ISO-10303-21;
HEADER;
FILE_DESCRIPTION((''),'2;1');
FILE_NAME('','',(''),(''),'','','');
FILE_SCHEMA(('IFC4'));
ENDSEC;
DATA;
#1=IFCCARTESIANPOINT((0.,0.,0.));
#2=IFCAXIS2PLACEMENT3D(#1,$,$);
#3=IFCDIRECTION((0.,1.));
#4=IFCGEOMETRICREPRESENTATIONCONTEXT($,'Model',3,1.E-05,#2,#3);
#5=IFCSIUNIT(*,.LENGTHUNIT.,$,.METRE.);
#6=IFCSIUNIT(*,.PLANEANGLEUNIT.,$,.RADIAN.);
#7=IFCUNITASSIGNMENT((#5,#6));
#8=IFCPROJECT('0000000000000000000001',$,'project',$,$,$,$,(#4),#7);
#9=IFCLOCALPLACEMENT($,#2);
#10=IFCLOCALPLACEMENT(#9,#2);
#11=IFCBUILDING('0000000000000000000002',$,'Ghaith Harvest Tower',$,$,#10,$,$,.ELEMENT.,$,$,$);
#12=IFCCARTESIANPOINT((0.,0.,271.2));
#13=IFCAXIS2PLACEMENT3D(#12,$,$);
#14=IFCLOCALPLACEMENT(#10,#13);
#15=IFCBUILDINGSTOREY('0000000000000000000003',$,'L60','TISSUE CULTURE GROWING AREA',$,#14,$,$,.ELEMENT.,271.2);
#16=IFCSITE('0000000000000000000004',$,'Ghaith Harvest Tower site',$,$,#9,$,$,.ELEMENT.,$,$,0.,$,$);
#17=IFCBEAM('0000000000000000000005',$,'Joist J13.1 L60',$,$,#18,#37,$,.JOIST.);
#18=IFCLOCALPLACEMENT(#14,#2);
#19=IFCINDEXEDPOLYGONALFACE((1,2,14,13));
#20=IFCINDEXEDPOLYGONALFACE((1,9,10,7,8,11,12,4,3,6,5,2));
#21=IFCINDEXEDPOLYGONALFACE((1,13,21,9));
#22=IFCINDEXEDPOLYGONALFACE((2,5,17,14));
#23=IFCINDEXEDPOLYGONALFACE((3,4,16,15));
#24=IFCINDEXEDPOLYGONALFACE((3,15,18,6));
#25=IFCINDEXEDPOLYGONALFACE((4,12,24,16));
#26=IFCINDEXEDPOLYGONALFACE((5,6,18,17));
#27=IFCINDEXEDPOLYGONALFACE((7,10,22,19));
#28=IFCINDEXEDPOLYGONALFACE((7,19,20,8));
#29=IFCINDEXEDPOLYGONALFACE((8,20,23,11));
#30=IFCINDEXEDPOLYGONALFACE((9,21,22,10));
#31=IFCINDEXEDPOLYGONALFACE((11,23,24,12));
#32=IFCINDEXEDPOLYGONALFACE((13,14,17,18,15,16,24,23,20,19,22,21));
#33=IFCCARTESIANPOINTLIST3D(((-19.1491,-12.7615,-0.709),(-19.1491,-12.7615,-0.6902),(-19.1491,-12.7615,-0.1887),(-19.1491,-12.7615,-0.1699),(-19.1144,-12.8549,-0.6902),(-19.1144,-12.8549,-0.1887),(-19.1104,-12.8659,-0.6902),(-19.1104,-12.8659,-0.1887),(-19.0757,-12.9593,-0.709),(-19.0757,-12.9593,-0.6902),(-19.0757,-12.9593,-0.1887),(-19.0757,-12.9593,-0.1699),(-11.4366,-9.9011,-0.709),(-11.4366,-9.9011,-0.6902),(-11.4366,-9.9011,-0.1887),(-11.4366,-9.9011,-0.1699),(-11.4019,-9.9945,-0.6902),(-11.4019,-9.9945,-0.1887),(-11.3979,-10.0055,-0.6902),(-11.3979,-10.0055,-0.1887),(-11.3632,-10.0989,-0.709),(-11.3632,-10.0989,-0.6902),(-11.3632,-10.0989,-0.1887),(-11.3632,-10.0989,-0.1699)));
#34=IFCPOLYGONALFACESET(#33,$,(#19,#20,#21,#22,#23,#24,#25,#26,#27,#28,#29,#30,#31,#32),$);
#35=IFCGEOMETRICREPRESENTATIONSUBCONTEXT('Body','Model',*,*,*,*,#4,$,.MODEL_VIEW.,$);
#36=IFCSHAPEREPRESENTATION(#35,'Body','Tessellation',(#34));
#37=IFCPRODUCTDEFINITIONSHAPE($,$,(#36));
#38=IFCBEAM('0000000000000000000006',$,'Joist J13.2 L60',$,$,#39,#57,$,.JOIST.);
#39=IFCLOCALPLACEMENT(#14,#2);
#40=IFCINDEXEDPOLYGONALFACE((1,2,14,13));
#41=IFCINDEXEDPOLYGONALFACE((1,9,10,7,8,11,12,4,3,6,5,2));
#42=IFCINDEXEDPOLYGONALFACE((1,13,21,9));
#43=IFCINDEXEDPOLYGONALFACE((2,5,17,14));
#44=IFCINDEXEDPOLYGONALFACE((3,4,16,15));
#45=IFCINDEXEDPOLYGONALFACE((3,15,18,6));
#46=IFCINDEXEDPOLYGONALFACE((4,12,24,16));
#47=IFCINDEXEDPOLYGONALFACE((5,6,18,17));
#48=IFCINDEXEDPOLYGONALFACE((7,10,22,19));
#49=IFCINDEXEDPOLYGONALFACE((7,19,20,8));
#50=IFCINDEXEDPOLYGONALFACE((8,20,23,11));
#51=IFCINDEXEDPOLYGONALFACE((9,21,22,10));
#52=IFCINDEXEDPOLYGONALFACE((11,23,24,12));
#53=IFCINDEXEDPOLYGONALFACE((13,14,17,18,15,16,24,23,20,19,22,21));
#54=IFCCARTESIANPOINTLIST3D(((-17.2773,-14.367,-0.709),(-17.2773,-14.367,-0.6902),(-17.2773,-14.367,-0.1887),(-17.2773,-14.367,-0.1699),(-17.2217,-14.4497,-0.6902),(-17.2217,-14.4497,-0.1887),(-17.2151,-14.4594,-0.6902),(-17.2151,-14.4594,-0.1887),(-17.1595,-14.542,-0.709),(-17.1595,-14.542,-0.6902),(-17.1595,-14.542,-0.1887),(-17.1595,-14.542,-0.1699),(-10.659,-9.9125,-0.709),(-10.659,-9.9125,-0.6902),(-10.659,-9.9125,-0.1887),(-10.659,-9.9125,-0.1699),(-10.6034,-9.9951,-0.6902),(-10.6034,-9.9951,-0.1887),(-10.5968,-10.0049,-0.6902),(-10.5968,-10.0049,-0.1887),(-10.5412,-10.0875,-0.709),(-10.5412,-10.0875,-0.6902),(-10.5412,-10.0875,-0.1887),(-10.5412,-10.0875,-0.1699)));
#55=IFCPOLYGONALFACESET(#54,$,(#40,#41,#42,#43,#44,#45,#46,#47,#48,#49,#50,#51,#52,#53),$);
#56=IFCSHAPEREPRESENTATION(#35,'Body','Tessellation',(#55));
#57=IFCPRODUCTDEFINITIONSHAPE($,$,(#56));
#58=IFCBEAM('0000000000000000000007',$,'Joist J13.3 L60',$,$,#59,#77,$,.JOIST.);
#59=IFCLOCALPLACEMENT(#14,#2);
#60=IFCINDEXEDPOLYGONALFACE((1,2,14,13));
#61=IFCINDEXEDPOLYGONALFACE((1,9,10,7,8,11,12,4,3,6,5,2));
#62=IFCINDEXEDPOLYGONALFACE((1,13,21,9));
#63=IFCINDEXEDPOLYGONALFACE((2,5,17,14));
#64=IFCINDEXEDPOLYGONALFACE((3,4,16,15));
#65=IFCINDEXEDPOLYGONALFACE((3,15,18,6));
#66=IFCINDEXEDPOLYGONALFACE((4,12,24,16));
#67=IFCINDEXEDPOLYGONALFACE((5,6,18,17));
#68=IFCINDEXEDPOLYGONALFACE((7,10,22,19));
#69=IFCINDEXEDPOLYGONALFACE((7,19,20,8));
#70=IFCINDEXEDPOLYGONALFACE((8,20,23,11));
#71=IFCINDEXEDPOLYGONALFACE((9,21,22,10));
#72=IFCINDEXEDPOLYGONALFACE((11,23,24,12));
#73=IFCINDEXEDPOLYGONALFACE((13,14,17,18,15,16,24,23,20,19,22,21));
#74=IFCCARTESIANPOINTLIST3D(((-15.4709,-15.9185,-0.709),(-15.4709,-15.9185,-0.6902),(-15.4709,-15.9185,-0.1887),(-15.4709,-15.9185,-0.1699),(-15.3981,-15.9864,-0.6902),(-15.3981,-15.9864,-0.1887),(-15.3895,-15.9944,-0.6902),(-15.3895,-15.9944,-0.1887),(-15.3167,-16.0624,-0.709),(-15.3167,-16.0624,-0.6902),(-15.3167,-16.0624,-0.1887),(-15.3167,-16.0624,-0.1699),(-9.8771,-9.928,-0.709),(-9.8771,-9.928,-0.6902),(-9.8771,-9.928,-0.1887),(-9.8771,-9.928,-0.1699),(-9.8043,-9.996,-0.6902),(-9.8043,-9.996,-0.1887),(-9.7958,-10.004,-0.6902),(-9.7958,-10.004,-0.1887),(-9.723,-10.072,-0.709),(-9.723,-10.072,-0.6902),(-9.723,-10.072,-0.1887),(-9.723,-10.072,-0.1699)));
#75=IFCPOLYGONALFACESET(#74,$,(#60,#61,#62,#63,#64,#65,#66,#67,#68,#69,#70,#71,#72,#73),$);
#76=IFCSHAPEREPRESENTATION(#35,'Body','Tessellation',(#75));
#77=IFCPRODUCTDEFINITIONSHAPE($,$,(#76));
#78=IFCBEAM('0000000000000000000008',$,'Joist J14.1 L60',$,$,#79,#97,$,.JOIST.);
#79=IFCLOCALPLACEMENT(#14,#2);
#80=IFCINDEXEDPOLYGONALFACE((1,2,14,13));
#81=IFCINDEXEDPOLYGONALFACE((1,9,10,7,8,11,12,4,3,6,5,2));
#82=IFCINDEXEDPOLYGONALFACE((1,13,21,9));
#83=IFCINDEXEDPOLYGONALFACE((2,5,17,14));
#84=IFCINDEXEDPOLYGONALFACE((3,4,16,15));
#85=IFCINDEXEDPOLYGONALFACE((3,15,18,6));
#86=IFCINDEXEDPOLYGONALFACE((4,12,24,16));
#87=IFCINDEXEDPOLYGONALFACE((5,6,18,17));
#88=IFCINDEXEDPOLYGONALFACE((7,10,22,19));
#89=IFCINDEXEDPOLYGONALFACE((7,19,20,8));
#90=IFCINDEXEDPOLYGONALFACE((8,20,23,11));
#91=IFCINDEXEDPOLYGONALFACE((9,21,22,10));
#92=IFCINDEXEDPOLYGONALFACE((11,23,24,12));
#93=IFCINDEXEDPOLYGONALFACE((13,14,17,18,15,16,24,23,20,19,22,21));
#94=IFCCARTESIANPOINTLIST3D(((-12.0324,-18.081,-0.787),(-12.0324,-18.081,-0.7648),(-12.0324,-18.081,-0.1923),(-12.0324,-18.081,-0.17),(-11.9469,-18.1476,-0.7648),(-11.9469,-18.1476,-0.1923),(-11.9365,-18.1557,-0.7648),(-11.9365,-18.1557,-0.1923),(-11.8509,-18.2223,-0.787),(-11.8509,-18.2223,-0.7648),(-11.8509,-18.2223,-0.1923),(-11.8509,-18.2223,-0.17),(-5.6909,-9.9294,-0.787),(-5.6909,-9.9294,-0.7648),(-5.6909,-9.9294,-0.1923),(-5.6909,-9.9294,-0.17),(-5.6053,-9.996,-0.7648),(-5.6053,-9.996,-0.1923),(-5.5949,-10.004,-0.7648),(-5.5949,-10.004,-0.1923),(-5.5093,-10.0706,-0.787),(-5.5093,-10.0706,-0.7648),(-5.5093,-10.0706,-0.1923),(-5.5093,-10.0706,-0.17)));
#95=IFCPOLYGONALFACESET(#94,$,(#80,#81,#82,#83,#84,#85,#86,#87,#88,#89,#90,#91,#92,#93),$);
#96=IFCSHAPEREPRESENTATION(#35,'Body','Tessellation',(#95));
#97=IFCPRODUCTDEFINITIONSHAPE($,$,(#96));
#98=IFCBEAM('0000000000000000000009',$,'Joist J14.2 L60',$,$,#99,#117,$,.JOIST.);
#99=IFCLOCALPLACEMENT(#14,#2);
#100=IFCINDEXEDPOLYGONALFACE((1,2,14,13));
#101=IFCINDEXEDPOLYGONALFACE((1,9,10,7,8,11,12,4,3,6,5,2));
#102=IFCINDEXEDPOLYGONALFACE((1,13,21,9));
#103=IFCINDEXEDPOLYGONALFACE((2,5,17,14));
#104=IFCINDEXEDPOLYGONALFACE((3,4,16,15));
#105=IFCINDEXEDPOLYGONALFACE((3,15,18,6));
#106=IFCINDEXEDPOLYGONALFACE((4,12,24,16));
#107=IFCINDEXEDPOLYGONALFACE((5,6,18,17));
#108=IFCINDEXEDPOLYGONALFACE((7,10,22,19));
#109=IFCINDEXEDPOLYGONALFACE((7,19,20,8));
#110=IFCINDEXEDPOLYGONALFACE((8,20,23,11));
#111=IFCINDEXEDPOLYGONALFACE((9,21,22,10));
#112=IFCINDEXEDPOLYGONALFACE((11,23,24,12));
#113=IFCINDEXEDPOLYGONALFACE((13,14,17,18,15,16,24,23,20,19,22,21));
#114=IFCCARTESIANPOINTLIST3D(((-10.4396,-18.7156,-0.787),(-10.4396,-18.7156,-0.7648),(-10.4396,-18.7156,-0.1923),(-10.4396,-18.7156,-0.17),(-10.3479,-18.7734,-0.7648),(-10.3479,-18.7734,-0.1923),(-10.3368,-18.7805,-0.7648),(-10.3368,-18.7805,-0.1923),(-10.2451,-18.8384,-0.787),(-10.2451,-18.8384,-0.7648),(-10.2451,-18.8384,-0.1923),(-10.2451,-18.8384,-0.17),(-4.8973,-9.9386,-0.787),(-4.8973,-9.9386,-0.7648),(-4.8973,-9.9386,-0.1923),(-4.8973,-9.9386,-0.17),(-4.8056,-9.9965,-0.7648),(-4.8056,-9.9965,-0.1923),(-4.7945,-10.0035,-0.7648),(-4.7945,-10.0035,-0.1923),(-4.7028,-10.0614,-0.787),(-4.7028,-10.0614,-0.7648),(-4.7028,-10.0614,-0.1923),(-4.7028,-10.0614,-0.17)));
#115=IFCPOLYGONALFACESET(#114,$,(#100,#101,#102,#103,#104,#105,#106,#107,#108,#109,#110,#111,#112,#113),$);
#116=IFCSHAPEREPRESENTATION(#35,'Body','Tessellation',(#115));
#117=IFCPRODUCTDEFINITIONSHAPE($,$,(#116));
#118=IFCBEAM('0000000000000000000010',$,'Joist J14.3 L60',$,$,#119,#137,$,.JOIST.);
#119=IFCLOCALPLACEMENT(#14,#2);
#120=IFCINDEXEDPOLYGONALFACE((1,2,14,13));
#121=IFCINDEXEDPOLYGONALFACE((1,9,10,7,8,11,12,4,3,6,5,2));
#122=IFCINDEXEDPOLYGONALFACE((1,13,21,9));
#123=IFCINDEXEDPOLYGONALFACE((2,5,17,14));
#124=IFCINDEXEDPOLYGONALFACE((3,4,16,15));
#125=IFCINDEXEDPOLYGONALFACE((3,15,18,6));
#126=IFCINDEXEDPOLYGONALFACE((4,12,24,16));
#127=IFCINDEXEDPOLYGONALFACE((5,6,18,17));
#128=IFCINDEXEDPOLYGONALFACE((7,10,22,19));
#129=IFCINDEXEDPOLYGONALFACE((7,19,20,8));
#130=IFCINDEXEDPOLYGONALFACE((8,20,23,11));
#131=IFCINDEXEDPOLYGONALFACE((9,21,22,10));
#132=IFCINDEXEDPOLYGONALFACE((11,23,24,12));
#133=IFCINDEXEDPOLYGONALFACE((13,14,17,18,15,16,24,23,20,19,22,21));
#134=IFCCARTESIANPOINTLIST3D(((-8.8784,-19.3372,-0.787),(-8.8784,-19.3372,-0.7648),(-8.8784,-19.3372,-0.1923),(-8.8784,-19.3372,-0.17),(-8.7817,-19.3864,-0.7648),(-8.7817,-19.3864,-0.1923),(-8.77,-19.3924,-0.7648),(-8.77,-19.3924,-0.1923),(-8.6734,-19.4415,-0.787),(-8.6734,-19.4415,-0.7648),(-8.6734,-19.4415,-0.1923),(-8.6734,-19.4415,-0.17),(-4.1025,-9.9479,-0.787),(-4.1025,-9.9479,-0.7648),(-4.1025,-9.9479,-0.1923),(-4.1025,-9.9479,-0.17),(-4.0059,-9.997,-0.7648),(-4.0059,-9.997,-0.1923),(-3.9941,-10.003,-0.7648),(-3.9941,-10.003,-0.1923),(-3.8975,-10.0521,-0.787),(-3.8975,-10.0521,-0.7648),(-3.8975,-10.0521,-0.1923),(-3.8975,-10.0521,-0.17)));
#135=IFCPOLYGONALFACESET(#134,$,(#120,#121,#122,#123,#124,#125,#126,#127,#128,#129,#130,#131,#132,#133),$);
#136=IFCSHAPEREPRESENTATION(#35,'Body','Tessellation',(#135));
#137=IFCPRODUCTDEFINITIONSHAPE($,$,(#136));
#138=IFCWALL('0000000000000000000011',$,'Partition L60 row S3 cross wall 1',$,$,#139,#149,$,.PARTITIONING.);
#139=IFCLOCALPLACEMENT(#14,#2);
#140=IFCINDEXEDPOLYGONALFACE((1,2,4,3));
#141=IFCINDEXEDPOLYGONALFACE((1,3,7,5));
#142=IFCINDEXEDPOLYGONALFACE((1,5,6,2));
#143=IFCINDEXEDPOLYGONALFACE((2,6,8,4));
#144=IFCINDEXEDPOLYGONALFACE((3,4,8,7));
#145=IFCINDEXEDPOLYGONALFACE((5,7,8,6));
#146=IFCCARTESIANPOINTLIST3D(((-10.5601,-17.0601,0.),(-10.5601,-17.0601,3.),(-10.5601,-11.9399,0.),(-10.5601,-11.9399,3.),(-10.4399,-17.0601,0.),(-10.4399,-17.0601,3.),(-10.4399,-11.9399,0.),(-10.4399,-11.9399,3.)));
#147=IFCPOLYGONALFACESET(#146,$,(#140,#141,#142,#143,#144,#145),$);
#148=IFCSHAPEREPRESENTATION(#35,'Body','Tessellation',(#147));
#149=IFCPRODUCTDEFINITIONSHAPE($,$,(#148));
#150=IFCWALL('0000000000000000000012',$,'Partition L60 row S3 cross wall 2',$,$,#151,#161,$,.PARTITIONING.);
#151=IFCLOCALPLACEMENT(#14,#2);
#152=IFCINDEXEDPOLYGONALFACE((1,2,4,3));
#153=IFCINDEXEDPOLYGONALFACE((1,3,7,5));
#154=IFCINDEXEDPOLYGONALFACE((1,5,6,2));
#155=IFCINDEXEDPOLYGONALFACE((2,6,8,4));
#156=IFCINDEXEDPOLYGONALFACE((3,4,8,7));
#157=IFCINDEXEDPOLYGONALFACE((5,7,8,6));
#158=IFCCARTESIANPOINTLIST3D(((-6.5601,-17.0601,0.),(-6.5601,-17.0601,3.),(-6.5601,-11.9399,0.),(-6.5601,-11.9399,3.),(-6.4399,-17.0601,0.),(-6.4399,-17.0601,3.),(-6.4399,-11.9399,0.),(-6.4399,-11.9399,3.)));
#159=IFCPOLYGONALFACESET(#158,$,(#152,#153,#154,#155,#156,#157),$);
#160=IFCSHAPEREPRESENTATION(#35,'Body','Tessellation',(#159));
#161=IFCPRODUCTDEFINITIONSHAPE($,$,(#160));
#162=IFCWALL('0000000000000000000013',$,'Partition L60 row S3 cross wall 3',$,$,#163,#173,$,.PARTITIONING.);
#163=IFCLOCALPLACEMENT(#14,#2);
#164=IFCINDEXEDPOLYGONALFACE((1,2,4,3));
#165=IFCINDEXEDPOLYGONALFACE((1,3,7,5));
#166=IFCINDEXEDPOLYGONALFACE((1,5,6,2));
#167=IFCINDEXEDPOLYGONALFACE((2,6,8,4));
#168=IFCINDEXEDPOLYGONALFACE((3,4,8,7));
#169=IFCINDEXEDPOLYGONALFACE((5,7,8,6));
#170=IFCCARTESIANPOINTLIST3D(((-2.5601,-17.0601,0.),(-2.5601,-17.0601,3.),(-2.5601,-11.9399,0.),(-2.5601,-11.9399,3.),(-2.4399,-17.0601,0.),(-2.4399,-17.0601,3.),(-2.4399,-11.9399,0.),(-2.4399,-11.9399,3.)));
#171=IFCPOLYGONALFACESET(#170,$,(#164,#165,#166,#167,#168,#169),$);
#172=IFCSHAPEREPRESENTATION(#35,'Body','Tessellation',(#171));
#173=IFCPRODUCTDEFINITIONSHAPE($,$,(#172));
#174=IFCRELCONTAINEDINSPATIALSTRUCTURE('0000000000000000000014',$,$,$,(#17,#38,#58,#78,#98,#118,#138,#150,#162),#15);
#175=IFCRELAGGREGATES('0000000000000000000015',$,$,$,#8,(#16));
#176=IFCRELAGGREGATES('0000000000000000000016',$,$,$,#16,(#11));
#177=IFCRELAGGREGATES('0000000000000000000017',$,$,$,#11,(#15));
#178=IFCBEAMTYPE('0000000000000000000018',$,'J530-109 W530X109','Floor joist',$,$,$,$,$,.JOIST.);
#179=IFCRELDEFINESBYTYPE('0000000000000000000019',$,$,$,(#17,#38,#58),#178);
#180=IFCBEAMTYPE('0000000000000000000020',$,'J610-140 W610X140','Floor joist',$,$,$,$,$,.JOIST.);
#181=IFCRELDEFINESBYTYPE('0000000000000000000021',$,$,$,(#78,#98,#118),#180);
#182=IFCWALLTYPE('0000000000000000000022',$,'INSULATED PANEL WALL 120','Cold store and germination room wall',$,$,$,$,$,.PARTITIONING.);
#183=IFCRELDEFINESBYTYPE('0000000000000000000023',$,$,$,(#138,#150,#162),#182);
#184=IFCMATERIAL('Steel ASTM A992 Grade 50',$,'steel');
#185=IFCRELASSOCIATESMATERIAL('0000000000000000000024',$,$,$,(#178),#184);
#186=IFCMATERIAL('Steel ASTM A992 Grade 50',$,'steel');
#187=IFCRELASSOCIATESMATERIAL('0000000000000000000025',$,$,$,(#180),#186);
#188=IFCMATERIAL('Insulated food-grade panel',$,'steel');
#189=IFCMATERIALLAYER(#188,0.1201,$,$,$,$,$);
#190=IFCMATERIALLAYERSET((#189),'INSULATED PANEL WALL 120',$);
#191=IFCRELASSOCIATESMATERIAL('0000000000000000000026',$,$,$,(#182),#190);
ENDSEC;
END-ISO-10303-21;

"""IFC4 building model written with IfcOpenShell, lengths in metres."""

from ifc_helpers import new_model, si_unit, direction, frame, frame_2d, origin, origin_2d, place, context, subcontext, project, spatial, rectangle, i_section, extrude, material, layer, layer_set, material_profile, profile_set, type_object, element, save


model = new_model("IFC4")

# Units and contexts
model_context = context("Model", 3, precision=1e-05, world=origin(), true_north=direction((0.0, 1.0)))
body_context = subcontext(model_context, "Body", "Model", "MODEL_VIEW")
ifc_project = project(units=[si_unit("LENGTHUNIT", "METRE"), si_unit("PLANEANGLEUNIT", "RADIAN")], contexts=[model_context])

# Site, building, storey
site_placement = place(None, origin())
site = spatial("IfcSite", under=ifc_project, at=site_placement, Name="Ghaith Harvest Tower site", CompositionType="ELEMENT", RefElevation=0.0)
building_placement = place(site_placement, origin())
building = spatial("IfcBuilding", under=site, at=building_placement, Name="Ghaith Harvest Tower", CompositionType="ELEMENT")
storey_placement = place(building_placement, frame((0.0, 0.0, 271.2)))
storey = spatial("IfcBuildingStorey", under=building, at=storey_placement, Name="L60", Description="TISSUE CULTURE GROWING AREA", CompositionType="ELEMENT", Elevation=271.2)

# Beams
ifc_material_1 = material(Name="Steel ASTM A992 Grade 50", Category="steel")
ifc_material_profile_1 = material_profile(ifc_material_1, i_section(OverallWidth=0.2109, OverallDepth=0.5391, WebThickness=0.0117, FlangeThickness=0.0188, at=origin_2d()), Name="W530X109")
ifc_profile_set_1 = profile_set([ifc_material_profile_1], Name="Steel ASTM A992 Grade 50")
beam_type_1 = type_object("IfcBeamType", Name="J530-109 W530X109", Description="Floor joist", PredefinedType="JOIST", material=ifc_profile_set_1)
beam_1_placement = place(storey_placement, frame((-11.3999, -10.0, -0.4395), z_axis=(-0.937594, -0.347732, 0.0), x_axis=(0.347732, -0.937594, 0.0)))
element("IfcBeam", 1, at=beam_1_placement, inside=storey, type_object=beam_type_1, Name="Joist J13.1 L60", PredefinedType="JOIST", context=body_context, shape_type="SweptSolid", body=[
    extrude(i_section(OverallWidth=0.2109, OverallDepth=0.5391, WebThickness=0.0117, FlangeThickness=0.0188, at=origin_2d()), origin(), (0.0, 0.0, 1.0), 8.2258),
])
beam_2_placement = place(storey_placement, frame((-10.6001, -10.0, -0.4395), z_axis=(-0.829594, -0.558367, 0.0), x_axis=(0.558367, -0.829594, 0.0)))
element("IfcBeam", 2, at=beam_2_placement, inside=storey, type_object=beam_type_1, Name="Joist J13.2 L60", PredefinedType="JOIST", context=body_context, shape_type="SweptSolid", body=[
    extrude(i_section(OverallWidth=0.2109, OverallDepth=0.5391, WebThickness=0.0117, FlangeThickness=0.0188, at=origin_2d()), origin(), (0.0, 0.0, 1.0), 7.9778),
])
beam_3_placement = place(storey_placement, frame((-9.8, -10.0, -0.4395), z_axis=(-0.68249, -0.730895, 0.0), x_axis=(0.730895, -0.68249, 0.0)))
element("IfcBeam", 3, at=beam_3_placement, inside=storey, type_object=beam_type_1, Name="Joist J13.3 L60", PredefinedType="JOIST", context=body_context, shape_type="SweptSolid", body=[
    extrude(i_section(OverallWidth=0.2109, OverallDepth=0.5391, WebThickness=0.0117, FlangeThickness=0.0188, at=origin_2d()), origin(), (0.0, 0.0, 1.0), 8.196),
])
ifc_material_2 = material(Name="Steel ASTM A992 Grade 50", Category="steel")
ifc_material_profile_2 = material_profile(ifc_material_2, i_section(OverallWidth=0.23, OverallDepth=0.6169, WebThickness=0.0132, FlangeThickness=0.0222, at=origin_2d()), Name="W610X140")
ifc_profile_set_2 = profile_set([ifc_material_profile_2], Name="Steel ASTM A992 Grade 50")
beam_type_2 = type_object("IfcBeamType", Name="J610-140 W610X140", Description="Floor joist", PredefinedType="JOIST", material=ifc_profile_set_2)
beam_4_placement = place(storey_placement, frame((-5.6001, -10.0, -0.4785), z_axis=(-0.614026, -0.789286, 0.0), x_axis=(0.789286, -0.614026, 0.0)))
element("IfcBeam", 4, at=beam_4_placement, inside=storey, type_object=beam_type_2, Name="Joist J14.1 L60", PredefinedType="JOIST", context=body_context, shape_type="SweptSolid", body=[
    extrude(i_section(OverallWidth=0.23, OverallDepth=0.6169, WebThickness=0.0132, FlangeThickness=0.0222, at=origin_2d()), origin(), (0.0, 0.0, 1.0), 10.3279),
])
beam_5_placement = place(storey_placement, frame((-4.8, -10.0, -0.4785), z_axis=(-0.533921, -0.845534, 0.0), x_axis=(0.845534, -0.533921, 0.0)))
element("IfcBeam", 5, at=beam_5_placement, inside=storey, type_object=beam_type_2, Name="Joist J14.2 L60", PredefinedType="JOIST", context=body_context, shape_type="SweptSolid", body=[
    extrude(i_section(OverallWidth=0.23, OverallDepth=0.6169, WebThickness=0.0132, FlangeThickness=0.0222, at=origin_2d()), origin(), (0.0, 0.0, 1.0), 10.3804),
])
beam_6_placement = place(storey_placement, frame((-4.0, -10.0, -0.4785), z_axis=(-0.453368, -0.891324, 0.0), x_axis=(0.891324, -0.453368, 0.0)))
element("IfcBeam", 6, at=beam_6_placement, inside=storey, type_object=beam_type_2, Name="Joist J14.3 L60", PredefinedType="JOIST", context=body_context, shape_type="SweptSolid", body=[
    extrude(i_section(OverallWidth=0.23, OverallDepth=0.6169, WebThickness=0.0132, FlangeThickness=0.0222, at=origin_2d()), origin(), (0.0, 0.0, 1.0), 10.5342),
])

# Walls
ifc_material_3 = material(Name="Insulated food-grade panel", Category="steel")
ifc_layer = layer(ifc_material_3, 0.1201)
ifc_layer_set = layer_set([ifc_layer], Name="INSULATED PANEL WALL 120")
wall_type = type_object("IfcWallType", Name="INSULATED PANEL WALL 120", Description="Cold store and germination room wall", PredefinedType="PARTITIONING", material=ifc_layer_set)
for number, where, z_axis, x_axis, name in (
    (7, (-10.5, -11.9399, 0.0), (0.0, 0.0, 1.0), (0.0, -1.0, 0.0), "Partition L60 row S3 cross wall 1"),
    (8, (-6.5, -11.9399, 0.0), (0.0, 0.0, 1.0), (0.0, -1.0, 0.0), "Partition L60 row S3 cross wall 2"),
    (9, (-2.5, -11.9399, 0.0), (0.0, 0.0, 1.0), (0.0, -1.0, 0.0), "Partition L60 row S3 cross wall 3"),
):
    element("IfcWall", number, at=place(storey_placement, frame(where, z_axis=z_axis, x_axis=x_axis)), inside=storey, type_object=wall_type, Name=name, PredefinedType="PARTITIONING", context=body_context, shape_type="SweptSolid", body=[
        extrude(rectangle(XDim=5.1201, YDim=0.1201, at=frame_2d((2.5601, 0.0))), origin(), (0.0, 0.0, 1.0), 3.0),
    ])

save(model, "model.ifc")
